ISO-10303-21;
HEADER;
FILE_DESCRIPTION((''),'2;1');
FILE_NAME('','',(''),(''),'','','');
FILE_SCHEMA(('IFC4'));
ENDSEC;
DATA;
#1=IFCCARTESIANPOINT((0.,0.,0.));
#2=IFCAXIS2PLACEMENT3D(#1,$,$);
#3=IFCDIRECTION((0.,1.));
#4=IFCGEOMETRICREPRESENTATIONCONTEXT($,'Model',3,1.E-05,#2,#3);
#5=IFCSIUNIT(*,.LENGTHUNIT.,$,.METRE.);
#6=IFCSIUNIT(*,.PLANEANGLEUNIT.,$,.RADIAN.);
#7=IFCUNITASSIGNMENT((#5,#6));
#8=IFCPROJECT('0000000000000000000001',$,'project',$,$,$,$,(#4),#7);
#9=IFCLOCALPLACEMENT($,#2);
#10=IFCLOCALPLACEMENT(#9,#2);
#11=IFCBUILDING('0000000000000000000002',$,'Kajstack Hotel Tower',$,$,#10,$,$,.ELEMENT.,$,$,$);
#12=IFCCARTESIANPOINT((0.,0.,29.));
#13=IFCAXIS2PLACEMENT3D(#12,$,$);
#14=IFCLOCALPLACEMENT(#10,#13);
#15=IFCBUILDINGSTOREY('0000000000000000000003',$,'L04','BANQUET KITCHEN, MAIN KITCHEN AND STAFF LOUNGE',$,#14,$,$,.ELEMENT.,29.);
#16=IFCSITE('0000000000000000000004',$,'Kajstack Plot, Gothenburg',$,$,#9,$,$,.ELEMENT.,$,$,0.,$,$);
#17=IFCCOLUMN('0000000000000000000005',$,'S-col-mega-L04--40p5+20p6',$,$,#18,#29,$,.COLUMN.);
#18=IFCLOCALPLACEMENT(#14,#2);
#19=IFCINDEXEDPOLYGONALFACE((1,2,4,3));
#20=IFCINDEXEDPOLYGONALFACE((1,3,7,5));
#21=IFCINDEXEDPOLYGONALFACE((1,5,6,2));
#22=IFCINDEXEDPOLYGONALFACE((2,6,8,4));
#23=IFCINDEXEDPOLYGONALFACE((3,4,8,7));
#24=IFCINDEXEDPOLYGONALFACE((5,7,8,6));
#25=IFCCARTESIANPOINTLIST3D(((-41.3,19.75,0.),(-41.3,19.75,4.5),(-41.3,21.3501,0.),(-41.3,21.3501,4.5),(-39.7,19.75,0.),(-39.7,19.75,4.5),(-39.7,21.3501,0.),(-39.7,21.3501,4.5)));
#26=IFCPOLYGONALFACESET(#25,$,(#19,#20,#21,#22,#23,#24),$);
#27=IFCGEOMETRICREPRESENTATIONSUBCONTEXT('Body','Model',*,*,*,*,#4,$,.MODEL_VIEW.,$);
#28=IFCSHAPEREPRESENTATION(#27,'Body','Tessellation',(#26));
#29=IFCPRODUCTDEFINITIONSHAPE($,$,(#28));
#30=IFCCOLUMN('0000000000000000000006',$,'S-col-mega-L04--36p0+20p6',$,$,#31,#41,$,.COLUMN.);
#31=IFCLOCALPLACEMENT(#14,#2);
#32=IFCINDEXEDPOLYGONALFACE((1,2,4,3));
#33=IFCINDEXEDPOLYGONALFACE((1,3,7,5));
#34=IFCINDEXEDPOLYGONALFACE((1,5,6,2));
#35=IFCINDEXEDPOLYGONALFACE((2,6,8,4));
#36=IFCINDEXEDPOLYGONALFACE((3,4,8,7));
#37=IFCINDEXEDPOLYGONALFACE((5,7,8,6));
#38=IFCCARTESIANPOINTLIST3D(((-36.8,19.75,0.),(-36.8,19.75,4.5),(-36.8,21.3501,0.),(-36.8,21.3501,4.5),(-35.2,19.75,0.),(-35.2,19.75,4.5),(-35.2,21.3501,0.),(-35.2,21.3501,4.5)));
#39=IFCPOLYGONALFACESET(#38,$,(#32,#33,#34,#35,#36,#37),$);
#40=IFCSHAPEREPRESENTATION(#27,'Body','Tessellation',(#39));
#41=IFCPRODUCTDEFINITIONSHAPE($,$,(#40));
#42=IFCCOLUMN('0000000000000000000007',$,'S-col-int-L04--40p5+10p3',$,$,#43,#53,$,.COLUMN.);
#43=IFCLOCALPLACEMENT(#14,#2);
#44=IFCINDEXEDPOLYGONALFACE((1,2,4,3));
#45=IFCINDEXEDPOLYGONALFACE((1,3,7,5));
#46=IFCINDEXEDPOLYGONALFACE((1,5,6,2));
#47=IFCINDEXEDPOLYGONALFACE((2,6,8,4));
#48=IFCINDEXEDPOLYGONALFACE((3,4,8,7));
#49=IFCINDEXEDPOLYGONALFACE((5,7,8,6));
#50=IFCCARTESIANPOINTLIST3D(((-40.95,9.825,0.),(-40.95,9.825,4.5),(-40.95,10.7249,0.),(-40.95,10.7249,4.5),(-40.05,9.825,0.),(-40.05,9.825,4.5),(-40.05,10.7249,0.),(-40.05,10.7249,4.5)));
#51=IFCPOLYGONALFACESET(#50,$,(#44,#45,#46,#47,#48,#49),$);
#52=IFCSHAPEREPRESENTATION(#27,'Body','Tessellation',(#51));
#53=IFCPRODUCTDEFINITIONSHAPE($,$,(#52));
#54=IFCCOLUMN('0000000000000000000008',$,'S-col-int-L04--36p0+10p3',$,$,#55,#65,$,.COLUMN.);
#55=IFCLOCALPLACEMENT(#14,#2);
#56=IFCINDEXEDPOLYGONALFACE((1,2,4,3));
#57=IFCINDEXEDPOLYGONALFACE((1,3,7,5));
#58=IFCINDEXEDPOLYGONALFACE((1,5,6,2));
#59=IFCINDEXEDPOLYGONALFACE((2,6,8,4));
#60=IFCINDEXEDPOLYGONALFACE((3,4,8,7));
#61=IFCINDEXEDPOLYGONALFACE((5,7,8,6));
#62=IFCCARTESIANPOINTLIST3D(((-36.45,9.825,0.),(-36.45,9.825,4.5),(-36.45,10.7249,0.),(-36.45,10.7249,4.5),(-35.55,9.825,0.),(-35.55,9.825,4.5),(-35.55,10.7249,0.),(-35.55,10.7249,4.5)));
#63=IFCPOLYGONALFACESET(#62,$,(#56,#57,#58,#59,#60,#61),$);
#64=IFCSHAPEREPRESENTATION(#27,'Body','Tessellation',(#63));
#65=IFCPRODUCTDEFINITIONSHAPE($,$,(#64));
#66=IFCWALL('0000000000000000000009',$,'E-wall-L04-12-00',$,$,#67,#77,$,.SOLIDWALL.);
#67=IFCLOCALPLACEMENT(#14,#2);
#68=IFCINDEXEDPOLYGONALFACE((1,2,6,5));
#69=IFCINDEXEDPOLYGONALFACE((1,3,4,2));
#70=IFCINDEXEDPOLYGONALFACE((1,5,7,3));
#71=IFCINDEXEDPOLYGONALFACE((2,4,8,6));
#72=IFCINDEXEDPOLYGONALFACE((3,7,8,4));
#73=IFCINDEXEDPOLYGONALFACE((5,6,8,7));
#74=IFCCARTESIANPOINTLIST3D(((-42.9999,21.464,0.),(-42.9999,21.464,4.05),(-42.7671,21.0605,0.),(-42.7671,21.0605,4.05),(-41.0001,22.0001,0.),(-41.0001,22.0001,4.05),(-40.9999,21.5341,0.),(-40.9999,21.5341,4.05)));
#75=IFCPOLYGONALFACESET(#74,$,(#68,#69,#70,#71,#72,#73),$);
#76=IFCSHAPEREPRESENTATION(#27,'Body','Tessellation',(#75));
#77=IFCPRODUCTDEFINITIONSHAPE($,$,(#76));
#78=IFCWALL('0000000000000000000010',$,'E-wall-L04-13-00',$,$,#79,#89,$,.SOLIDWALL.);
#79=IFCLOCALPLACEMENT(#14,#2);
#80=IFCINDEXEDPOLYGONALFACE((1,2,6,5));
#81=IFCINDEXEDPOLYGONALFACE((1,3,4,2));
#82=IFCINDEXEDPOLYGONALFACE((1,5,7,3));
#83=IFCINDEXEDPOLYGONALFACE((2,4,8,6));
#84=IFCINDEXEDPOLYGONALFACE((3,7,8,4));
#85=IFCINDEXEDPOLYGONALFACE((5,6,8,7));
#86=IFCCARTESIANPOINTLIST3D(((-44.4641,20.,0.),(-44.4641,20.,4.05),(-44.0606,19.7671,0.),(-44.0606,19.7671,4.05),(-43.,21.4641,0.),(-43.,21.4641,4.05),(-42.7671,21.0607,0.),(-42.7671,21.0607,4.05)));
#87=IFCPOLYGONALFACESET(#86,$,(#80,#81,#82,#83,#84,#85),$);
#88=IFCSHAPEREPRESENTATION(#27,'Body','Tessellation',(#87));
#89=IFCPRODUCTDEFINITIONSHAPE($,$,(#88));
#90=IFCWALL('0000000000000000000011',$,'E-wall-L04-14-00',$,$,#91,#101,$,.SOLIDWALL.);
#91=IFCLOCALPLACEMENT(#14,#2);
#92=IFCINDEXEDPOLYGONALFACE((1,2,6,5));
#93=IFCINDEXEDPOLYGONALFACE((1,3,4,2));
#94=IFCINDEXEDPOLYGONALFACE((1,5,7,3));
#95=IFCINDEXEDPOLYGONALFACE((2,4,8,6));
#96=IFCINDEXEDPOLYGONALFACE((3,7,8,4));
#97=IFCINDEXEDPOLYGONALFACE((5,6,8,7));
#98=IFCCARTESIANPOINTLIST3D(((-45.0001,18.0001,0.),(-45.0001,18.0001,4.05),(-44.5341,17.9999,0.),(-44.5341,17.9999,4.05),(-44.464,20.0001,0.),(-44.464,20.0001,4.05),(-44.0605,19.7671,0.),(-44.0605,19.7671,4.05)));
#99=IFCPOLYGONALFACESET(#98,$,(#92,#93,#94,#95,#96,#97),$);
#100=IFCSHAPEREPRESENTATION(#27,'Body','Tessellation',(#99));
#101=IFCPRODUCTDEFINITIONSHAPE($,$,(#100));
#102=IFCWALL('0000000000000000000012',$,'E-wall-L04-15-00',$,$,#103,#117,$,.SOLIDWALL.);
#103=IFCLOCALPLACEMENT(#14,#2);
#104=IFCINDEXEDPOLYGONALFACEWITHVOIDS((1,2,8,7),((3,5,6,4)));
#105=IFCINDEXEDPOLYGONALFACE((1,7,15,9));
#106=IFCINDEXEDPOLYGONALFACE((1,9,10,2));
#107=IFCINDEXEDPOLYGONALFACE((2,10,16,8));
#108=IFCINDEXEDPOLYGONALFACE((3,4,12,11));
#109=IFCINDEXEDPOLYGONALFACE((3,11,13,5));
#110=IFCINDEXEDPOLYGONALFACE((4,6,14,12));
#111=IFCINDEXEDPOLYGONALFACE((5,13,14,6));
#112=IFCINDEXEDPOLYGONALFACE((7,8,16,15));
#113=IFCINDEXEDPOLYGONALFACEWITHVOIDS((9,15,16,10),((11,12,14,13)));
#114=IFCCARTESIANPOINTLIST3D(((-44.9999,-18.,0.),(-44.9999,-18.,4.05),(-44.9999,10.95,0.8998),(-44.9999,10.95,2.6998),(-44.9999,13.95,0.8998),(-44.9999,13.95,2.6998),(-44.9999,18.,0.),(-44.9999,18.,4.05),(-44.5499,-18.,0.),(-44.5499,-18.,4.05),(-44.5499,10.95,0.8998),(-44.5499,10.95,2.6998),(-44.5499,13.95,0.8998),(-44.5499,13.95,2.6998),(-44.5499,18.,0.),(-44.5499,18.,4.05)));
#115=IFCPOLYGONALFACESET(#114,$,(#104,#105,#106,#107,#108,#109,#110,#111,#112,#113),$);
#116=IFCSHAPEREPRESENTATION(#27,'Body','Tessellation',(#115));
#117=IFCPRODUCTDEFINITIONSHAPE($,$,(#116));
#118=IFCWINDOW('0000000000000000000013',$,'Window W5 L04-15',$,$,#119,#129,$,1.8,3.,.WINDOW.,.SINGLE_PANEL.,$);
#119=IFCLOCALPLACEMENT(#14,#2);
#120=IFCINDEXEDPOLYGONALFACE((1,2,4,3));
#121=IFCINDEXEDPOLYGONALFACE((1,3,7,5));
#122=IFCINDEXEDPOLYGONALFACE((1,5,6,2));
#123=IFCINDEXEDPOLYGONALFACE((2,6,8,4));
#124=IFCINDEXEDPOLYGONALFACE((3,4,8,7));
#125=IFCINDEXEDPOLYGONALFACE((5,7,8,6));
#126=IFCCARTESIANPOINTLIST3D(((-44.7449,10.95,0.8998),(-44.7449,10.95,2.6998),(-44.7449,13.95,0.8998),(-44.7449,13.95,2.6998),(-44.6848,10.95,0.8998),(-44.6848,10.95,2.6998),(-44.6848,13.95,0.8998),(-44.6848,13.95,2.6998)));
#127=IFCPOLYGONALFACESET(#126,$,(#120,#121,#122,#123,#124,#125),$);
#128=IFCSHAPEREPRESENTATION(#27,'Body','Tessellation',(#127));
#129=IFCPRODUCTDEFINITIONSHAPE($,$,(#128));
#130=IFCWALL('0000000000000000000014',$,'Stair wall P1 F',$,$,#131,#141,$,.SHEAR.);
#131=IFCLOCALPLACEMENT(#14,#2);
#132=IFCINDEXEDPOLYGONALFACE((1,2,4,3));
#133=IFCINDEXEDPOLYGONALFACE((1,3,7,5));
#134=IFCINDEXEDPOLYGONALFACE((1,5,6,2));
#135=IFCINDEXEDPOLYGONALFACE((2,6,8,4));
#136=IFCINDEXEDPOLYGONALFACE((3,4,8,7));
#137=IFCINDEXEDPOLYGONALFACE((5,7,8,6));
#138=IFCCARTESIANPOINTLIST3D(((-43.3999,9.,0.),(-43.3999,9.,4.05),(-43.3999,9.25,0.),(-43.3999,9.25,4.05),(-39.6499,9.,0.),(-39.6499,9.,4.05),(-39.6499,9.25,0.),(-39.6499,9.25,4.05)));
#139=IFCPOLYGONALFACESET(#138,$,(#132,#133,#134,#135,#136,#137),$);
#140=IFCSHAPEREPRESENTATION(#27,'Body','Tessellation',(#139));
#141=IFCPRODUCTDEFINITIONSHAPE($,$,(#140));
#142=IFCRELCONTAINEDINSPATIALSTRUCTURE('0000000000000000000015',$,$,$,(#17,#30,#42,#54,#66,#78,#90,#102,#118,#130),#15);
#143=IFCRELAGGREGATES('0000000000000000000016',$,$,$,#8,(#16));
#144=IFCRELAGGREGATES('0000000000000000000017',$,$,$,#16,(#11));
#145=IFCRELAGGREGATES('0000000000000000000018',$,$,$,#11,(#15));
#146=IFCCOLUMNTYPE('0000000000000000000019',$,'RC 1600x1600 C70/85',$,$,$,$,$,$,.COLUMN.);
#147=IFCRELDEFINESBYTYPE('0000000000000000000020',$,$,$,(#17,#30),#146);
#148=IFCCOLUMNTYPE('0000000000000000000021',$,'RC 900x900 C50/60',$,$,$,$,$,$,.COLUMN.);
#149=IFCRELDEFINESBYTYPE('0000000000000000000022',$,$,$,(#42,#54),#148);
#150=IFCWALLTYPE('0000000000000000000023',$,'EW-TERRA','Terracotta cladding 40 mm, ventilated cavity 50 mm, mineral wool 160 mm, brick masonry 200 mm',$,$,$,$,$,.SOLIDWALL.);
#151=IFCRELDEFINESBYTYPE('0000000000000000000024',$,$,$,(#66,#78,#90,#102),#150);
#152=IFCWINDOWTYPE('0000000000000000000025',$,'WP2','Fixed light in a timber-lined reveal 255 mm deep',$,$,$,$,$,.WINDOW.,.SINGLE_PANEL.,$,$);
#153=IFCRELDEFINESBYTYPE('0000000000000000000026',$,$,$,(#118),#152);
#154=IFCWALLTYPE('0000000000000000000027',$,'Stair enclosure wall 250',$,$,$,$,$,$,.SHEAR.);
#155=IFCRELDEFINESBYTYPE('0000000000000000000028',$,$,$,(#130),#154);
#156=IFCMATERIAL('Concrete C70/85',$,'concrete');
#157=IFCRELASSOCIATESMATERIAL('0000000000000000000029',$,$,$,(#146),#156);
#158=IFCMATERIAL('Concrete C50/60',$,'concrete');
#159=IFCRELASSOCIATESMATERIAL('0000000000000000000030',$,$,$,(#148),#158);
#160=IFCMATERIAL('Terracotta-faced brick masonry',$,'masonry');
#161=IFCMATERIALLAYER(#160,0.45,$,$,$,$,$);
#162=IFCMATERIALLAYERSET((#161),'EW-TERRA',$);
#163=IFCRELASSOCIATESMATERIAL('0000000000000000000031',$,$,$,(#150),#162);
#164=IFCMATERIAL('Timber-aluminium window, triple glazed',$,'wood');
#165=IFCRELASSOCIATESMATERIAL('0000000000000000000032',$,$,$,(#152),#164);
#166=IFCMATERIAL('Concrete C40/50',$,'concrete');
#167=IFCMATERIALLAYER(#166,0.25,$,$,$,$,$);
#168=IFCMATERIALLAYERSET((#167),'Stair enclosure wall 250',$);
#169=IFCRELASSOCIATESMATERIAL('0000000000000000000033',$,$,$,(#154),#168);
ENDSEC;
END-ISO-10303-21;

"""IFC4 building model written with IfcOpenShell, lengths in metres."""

from ifc_helpers import new_model, si_unit, direction, frame, frame_2d, origin, origin_2d, place, context, subcontext, project, spatial, polyline, rectangle, outline, extrude, material, layer, layer_set, material_profile, profile_set, type_object, element, fill, save


model = new_model("IFC4")

# Units and contexts
model_context = context("Model", 3, precision=1e-05, world=origin(), true_north=direction((0.0, 1.0)))
body_context = subcontext(model_context, "Body", "Model", "MODEL_VIEW")
ifc_project = project(units=[si_unit("LENGTHUNIT", "METRE"), si_unit("PLANEANGLEUNIT", "RADIAN")], contexts=[model_context])

# Site, building, storey
site_placement = place(None, origin())
site = spatial("IfcSite", under=ifc_project, at=site_placement, Name="Kajstack Plot, Gothenburg", CompositionType="ELEMENT", RefElevation=0.0)
building_placement = place(site_placement, origin())
building = spatial("IfcBuilding", under=site, at=building_placement, Name="Kajstack Hotel Tower", CompositionType="ELEMENT")
storey_placement = place(building_placement, frame((0.0, 0.0, 29.0)))
storey = spatial("IfcBuildingStorey", under=building, at=storey_placement, Name="L04", Description="BANQUET KITCHEN, MAIN KITCHEN AND STAFF LOUNGE", CompositionType="ELEMENT", Elevation=29.0)

# Columns
ifc_material_1 = material(Name="Concrete C70/85", Category="concrete")
ifc_material_profile_1 = material_profile(ifc_material_1, rectangle(XDim=1.6001, YDim=1.6001, at=origin_2d()), Name="RC 1600x1600")
ifc_profile_set_1 = profile_set([ifc_material_profile_1], Name="Concrete C70/85")
column_type_1 = type_object("IfcColumnType", Name="RC 1600x1600 C70/85", PredefinedType="COLUMN", material=ifc_profile_set_1)
for number, where, z_axis, x_axis, name in (
    (1, (-40.5, 20.55, 0.0), (0.0, 0.0, 1.0), (1.0, 0.0, 0.0), "S-col-mega-L04--40p5+20p6"),
    (2, (-36.0, 20.55, 0.0), (0.0, 0.0, 1.0), (1.0, 0.0, 0.0), "S-col-mega-L04--36p0+20p6"),
):
    element("IfcColumn", number, at=place(storey_placement, frame(where, z_axis=z_axis, x_axis=x_axis)), inside=storey, type_object=column_type_1, Name=name, PredefinedType="COLUMN", context=body_context, shape_type="SweptSolid", body=[
        extrude(rectangle(XDim=1.6001, YDim=1.6001, at=origin_2d()), origin(), (0.0, 0.0, 1.0), 4.5),
    ])
ifc_material_2 = material(Name="Concrete C50/60", Category="concrete")
ifc_material_profile_2 = material_profile(ifc_material_2, rectangle(XDim=0.8999, YDim=0.8999, at=origin_2d()), Name="RC 900x900")
ifc_profile_set_2 = profile_set([ifc_material_profile_2], Name="Concrete C50/60")
column_type_2 = type_object("IfcColumnType", Name="RC 900x900 C50/60", PredefinedType="COLUMN", material=ifc_profile_set_2)
for number, where, z_axis, x_axis, name in (
    (3, (-40.5, 10.2749, 0.0), (0.0, 0.0, 1.0), (1.0, 0.0, 0.0), "S-col-int-L04--40p5+10p3"),
    (4, (-36.0, 10.2749, 0.0), (0.0, 0.0, 1.0), (1.0, 0.0, 0.0), "S-col-int-L04--36p0+10p3"),
):
    element("IfcColumn", number, at=place(storey_placement, frame(where, z_axis=z_axis, x_axis=x_axis)), inside=storey, type_object=column_type_2, Name=name, PredefinedType="COLUMN", context=body_context, shape_type="SweptSolid", body=[
        extrude(rectangle(XDim=0.8999, YDim=0.8999, at=origin_2d()), origin(), (0.0, 0.0, 1.0), 4.5),
    ])

# Walls
ifc_material_3 = material(Name="Terracotta-faced brick masonry", Category="masonry")
ifc_layer_1 = layer(ifc_material_3, 0.45)
ifc_layer_set_1 = layer_set([ifc_layer_1], Name="EW-TERRA")
wall_type_1 = type_object("IfcWallType", Name="EW-TERRA", Description="Terracotta cladding 40 mm, ventilated cavity 50 mm, mineral wool 160 mm, brick masonry 200 mm", PredefinedType="SOLIDWALL", material=ifc_layer_set_1)
wall_1_placement = place(storey_placement, frame((-40.9417, 21.7827, 0.0), z_axis=(0.0, 0.0, 1.0), x_axis=(-0.965927, -0.258815, 0.0)))
element("IfcWall", 5, at=wall_1_placement, inside=storey, type_object=wall_type_1, Name="E-wall-L04-12-00", PredefinedType="SOLIDWALL", context=body_context, shape_type="SweptSolid", body=[
    extrude(outline(polyline([(0.0002, -0.2251), (2.0706, -0.2249), (1.9502, 0.2251), (0.1206, 0.2251), (0.0002, -0.2251)])), origin(), (0.0, 0.0, 1.0), 4.05),
])
wall_2_placement = place(storey_placement, frame((-42.8408, 21.3049, 0.0), z_axis=(0.0, 0.0, 1.0), x_axis=(-0.707107, -0.707107, 0.0)))
element("IfcWall", 6, at=wall_2_placement, inside=storey, type_object=wall_type_1, Name="E-wall-L04-13-00", PredefinedType="SOLIDWALL", context=body_context, shape_type="SweptSolid", body=[
    extrude(outline(polyline([(0.0, -0.2251), (2.0706, -0.2251), (1.95, 0.2249), (0.1206, 0.2249), (0.0, -0.2251)])), origin(), (0.0, 0.0, 1.0), 4.05),
])
wall_3_placement = place(storey_placement, frame((-44.2468, 19.9417, 0.0), z_axis=(0.0, 0.0, 1.0), x_axis=(-0.258815, -0.965927, 0.0)))
element("IfcWall", 7, at=wall_3_placement, inside=storey, type_object=wall_type_1, Name="E-wall-L04-14-00", PredefinedType="SOLIDWALL", context=body_context, shape_type="SweptSolid", body=[
    extrude(outline(polyline([(-0.0002, -0.2249), (2.0703, -0.2251), (1.95, 0.2251), (0.1204, 0.2251), (-0.0002, -0.2249)])), origin(), (0.0, 0.0, 1.0), 4.05),
])

# Wall, opening, window
wall_4_placement = place(storey_placement, frame((-44.7749, 18.0, 0.0), z_axis=(0.0, 0.0, 1.0), x_axis=(0.0, -1.0, 0.0)))
wall_4 = element("IfcWall", 8, at=wall_4_placement, inside=storey, type_object=wall_type_1, Name="E-wall-L04-15-00", PredefinedType="SOLIDWALL", context=body_context, shape_type="SweptSolid", body=[
    extrude(rectangle(XDim=36.0, YDim=0.45, at=frame_2d((18.0, 0.0))), origin(), (0.0, 0.0, 1.0), 4.05),
])
opening_placement = place(wall_4_placement, frame((4.05, 0.0, 0.8999)))
opening = element("IfcOpeningElement", 9, at=opening_placement, cuts=wall_4, PredefinedType="OPENING", context=body_context, shape_type="SweptSolid", body=[
    extrude(rectangle(XDim=3.0, YDim=1.8, at=frame_2d((1.5, 0.8999))), frame((0.0, 0.2349, 0.0), z_axis=(0.0, -1.0, 0.0), x_axis=(1.0, 0.0, 0.0)), (0.0, 0.0, 1.0), 0.47),
])
ifc_material_4 = material(Name="Timber-aluminium window, triple glazed", Category="wood")
window_type = type_object("IfcWindowType", Name="WP2", Description="Fixed light in a timber-lined reveal 255 mm deep", PartitioningType="SINGLE_PANEL", PredefinedType="WINDOW", material=ifc_material_4)
window_placement = place(opening_placement, origin())
window = element("IfcWindow", 10, at=window_placement, inside=storey, type_object=window_type, Name="Window W5 L04-15", OverallHeight=1.8, OverallWidth=3.0, PartitioningType="SINGLE_PANEL", PredefinedType="WINDOW", context=body_context, shape_type="SweptSolid", body=[
    extrude(rectangle(XDim=3.0, YDim=1.8, at=frame_2d((1.5, 0.8999))), frame((0.0, 0.0901, 0.0), z_axis=(0.0, -1.0, 0.0), x_axis=(1.0, 0.0, 0.0)), (0.0, 0.0, 1.0), 0.0601),
])
fill(opening, window)

# Wall
ifc_material_5 = material(Name="Concrete C40/50", Category="concrete")
ifc_layer_2 = layer(ifc_material_5, 0.25)
ifc_layer_set_2 = layer_set([ifc_layer_2], Name="Stair enclosure wall 250")
wall_type_2 = type_object("IfcWallType", Name="Stair enclosure wall 250", PredefinedType="SHEAR", material=ifc_layer_set_2)
wall_5_placement = place(storey_placement, frame((-43.3999, 9.125, 0.0), z_axis=(0.0, 0.0, 1.0), x_axis=(1.0, 0.0, 0.0)))
element("IfcWall", 11, at=wall_5_placement, inside=storey, type_object=wall_type_2, Name="Stair wall P1 F", PredefinedType="SHEAR", context=body_context, shape_type="SweptSolid", body=[
    extrude(rectangle(XDim=3.75, YDim=0.25, at=frame_2d((1.875, 0.0))), origin(), (0.0, 0.0, 1.0), 4.05),
])

save(model, "model.ifc")
